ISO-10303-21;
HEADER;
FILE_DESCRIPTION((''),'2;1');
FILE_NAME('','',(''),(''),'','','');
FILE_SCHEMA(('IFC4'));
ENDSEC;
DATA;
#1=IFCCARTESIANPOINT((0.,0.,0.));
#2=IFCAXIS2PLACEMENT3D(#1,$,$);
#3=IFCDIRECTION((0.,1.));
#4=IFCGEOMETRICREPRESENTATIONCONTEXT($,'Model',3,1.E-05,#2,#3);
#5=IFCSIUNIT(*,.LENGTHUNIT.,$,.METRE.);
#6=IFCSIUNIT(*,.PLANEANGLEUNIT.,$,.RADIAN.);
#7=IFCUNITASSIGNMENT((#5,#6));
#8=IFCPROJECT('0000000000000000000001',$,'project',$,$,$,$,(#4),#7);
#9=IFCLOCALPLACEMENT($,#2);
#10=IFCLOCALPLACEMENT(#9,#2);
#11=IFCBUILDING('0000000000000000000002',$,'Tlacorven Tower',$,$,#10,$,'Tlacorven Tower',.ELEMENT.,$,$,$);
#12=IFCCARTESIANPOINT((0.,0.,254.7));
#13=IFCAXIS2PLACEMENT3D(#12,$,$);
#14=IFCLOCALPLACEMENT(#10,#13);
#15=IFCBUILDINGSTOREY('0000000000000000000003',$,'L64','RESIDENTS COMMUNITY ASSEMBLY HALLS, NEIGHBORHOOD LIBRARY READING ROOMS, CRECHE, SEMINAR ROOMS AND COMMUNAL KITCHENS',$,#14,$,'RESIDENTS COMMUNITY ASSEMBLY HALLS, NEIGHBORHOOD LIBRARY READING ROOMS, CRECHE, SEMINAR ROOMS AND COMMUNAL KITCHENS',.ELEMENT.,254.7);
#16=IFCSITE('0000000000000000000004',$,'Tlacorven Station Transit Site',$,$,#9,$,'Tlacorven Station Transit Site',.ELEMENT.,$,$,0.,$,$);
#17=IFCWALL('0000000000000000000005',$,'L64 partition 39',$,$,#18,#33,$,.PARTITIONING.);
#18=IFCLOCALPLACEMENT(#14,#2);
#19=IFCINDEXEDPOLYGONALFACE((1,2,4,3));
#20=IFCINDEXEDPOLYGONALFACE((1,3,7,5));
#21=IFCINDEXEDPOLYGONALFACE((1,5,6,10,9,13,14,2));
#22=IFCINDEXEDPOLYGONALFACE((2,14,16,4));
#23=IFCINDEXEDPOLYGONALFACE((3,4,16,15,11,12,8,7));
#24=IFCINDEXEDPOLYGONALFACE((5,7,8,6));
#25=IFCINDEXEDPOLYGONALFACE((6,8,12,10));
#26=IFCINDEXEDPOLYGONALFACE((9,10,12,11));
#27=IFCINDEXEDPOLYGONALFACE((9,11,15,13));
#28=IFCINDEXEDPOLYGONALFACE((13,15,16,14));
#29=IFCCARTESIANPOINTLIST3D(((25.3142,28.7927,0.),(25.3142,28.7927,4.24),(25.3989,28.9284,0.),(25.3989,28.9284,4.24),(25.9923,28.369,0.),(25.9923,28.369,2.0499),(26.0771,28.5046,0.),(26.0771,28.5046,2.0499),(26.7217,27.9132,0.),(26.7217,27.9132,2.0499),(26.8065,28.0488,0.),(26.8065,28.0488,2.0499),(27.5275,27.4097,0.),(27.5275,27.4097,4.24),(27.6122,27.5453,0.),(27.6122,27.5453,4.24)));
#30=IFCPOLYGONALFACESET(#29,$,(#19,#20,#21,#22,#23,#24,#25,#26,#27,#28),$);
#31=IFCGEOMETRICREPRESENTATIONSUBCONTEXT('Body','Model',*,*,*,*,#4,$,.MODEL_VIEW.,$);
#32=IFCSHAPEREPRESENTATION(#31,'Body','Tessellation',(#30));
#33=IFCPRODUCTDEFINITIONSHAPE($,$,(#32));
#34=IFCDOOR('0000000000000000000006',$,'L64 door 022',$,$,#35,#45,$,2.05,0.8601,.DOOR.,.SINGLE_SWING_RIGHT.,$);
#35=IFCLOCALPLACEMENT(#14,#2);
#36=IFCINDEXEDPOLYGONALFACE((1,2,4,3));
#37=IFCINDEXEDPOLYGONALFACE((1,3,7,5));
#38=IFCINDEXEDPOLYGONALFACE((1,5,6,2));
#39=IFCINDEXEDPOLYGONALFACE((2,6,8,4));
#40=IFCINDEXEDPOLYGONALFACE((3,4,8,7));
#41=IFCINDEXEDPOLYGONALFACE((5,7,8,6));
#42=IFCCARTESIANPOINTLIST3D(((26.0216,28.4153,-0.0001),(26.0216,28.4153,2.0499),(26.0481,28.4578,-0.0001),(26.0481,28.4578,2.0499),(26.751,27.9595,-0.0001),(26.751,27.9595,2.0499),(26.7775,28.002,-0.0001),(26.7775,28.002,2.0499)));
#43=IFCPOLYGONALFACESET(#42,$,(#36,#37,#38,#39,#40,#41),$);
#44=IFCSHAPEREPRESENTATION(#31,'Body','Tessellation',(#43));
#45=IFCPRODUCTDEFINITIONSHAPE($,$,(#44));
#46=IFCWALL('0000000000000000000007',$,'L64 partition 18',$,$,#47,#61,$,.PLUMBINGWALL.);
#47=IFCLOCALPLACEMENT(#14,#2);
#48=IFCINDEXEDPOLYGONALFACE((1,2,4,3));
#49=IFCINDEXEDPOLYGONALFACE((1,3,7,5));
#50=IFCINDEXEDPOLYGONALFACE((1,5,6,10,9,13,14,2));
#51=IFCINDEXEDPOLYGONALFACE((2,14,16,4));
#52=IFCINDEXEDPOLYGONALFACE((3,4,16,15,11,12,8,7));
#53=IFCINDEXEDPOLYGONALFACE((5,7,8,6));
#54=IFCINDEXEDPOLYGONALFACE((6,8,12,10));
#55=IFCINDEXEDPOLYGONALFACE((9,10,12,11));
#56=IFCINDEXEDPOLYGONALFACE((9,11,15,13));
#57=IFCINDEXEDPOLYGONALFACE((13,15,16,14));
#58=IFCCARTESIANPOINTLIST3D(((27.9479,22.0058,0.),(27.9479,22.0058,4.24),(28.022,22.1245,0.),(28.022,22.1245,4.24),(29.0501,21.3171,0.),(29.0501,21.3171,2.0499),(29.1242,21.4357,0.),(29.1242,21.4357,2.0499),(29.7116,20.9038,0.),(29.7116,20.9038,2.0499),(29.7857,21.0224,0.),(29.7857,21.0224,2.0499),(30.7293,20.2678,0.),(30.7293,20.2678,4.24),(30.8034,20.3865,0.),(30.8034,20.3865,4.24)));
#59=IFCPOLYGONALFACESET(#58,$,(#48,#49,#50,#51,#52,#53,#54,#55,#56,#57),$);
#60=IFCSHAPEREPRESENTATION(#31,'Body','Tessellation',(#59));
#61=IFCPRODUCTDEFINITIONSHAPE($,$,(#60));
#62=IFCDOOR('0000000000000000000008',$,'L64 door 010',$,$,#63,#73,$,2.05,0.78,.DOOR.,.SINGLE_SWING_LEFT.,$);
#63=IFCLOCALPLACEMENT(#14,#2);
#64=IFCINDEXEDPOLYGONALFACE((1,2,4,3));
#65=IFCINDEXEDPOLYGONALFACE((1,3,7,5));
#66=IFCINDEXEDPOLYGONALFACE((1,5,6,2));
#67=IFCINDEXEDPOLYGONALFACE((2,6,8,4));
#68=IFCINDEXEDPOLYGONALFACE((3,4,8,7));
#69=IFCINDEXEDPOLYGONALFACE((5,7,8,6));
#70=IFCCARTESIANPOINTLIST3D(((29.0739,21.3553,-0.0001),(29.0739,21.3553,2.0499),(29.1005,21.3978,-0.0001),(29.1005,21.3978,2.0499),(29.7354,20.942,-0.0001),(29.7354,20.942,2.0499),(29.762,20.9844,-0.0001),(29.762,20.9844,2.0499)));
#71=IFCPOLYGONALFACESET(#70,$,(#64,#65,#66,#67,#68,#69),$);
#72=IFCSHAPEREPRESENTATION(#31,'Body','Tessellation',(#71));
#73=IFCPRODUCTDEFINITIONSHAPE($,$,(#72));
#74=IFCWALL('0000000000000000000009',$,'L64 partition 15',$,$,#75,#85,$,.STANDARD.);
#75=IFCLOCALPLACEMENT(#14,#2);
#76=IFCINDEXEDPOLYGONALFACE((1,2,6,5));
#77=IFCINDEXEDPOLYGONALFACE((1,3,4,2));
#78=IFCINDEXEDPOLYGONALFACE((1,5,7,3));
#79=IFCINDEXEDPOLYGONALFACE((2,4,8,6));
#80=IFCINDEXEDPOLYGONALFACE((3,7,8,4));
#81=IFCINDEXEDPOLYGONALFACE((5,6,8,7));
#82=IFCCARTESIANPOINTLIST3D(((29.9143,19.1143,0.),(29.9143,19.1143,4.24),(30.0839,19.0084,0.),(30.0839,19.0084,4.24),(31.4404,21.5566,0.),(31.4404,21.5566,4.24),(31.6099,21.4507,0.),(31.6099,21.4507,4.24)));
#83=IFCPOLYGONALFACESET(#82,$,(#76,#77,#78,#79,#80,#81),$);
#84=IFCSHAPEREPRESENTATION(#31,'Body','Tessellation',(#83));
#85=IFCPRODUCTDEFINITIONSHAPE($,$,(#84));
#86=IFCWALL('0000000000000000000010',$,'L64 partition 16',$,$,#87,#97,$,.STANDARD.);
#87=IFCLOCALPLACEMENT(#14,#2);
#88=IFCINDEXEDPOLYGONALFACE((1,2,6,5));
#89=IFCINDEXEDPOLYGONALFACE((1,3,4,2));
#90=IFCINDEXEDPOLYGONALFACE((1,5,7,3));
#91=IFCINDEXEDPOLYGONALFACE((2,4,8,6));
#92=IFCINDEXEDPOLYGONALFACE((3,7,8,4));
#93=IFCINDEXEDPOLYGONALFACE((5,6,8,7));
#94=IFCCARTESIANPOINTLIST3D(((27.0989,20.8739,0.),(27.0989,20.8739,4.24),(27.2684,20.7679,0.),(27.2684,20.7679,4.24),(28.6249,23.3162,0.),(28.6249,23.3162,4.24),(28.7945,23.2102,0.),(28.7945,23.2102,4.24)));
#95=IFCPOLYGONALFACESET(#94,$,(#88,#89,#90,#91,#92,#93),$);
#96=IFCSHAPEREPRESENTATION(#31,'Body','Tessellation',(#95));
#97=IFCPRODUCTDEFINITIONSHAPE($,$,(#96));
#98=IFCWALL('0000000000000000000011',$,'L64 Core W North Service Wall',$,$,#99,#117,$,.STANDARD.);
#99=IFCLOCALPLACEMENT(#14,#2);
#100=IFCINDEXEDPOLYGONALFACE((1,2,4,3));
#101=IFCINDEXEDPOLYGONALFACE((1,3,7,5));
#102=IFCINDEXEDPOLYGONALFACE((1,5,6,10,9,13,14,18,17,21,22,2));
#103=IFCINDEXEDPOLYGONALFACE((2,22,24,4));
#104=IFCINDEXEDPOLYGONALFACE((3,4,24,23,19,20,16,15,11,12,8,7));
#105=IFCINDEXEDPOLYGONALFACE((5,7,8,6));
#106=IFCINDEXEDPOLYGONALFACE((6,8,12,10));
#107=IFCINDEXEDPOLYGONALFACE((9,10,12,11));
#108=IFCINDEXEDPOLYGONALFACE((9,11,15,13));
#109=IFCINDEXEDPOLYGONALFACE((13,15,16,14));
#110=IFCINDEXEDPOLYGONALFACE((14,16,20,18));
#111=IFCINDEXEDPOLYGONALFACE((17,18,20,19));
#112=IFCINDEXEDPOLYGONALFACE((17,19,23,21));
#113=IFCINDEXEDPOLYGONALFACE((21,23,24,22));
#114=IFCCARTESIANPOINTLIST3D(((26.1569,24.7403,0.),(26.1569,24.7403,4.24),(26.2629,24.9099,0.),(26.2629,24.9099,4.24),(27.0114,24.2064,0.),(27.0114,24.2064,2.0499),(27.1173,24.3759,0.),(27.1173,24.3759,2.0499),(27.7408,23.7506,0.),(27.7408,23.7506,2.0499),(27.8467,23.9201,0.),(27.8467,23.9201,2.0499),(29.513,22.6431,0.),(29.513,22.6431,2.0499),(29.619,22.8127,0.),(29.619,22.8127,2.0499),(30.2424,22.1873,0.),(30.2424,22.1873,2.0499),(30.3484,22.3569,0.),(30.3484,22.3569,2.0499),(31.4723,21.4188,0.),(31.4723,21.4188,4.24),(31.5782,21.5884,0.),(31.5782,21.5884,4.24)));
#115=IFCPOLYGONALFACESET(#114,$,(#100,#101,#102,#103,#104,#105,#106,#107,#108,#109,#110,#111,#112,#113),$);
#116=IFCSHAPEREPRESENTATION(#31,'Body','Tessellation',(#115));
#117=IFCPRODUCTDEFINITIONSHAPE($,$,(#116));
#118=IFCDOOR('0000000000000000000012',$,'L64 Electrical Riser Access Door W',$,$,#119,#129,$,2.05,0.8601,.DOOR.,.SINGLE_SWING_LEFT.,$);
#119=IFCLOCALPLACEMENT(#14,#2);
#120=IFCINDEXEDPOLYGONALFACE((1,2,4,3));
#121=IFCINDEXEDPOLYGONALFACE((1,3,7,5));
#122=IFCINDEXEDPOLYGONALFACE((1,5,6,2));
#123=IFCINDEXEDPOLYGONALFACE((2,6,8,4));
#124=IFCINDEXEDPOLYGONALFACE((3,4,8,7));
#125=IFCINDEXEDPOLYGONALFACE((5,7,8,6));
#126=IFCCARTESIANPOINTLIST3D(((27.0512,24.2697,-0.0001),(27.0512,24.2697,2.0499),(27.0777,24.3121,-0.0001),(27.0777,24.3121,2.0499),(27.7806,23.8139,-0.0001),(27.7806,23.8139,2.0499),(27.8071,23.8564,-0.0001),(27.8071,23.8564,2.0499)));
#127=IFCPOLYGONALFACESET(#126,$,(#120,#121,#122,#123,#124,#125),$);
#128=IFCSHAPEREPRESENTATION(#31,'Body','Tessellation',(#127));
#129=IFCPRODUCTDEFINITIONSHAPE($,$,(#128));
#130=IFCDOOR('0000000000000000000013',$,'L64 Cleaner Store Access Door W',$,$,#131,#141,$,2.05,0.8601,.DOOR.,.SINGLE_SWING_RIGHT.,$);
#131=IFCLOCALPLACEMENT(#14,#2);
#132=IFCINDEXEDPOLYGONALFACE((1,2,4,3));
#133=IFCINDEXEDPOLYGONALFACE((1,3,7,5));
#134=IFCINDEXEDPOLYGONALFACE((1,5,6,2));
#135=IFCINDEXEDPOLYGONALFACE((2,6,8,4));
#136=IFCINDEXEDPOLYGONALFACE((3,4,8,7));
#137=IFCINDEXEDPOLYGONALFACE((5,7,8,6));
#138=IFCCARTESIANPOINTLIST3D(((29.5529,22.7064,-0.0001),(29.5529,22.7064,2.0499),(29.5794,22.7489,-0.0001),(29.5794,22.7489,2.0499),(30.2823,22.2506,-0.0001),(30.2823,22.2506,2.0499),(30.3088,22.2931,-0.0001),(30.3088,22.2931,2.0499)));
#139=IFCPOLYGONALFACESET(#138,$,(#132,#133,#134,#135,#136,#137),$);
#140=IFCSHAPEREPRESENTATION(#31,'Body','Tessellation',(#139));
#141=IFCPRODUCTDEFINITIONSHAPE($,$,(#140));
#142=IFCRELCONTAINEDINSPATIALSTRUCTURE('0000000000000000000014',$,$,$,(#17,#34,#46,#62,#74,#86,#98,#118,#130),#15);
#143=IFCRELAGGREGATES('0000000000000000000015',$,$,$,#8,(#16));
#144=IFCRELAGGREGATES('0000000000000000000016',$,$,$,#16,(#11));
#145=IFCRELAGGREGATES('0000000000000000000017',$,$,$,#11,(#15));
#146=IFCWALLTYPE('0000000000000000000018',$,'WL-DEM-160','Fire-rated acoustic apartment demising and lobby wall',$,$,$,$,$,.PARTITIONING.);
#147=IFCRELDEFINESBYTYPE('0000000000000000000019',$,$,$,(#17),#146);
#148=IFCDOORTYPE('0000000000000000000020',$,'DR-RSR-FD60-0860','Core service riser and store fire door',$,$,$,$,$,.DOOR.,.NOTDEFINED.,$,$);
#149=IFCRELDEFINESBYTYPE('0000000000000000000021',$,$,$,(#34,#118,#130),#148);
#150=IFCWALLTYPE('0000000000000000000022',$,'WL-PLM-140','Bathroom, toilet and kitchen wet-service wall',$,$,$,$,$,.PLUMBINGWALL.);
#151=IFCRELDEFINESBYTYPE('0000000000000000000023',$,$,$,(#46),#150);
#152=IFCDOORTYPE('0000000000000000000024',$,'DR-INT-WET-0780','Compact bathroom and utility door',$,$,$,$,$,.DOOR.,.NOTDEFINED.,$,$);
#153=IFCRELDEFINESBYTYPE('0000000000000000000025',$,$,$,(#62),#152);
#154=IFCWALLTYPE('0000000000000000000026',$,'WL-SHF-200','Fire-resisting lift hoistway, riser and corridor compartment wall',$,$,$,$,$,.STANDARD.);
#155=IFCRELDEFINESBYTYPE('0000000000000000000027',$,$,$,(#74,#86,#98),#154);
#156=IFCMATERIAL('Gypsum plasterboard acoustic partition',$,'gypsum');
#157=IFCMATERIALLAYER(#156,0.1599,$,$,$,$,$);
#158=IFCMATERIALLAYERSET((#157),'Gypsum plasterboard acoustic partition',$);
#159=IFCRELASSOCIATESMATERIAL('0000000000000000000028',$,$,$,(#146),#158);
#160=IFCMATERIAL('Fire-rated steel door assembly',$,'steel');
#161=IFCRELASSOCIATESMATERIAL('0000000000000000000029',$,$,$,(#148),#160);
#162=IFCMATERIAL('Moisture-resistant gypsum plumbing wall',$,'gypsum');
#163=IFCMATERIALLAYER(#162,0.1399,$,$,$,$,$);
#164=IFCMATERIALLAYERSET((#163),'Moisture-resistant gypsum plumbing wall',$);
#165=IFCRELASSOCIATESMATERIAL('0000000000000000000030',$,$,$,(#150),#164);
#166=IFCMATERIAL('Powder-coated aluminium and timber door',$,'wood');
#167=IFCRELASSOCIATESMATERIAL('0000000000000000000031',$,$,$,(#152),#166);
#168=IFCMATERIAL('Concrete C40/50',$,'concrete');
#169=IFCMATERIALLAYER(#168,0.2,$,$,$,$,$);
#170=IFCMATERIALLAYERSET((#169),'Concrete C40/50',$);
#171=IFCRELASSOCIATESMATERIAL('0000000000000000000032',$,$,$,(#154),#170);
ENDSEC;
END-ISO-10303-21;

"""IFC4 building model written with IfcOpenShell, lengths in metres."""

from ifc_helpers import new_model, si_unit, direction, frame, frame_2d, origin, place, context, subcontext, project, spatial, rectangle, extrude, source, transform, mapped, material, layer, layer_set, type_object, element, fill, save


model = new_model("IFC4")

# Units and contexts
model_context = context("Model", 3, precision=1e-05, world=origin(), true_north=direction((0.0, 1.0)))
body_context = subcontext(model_context, "Body", "Model", "MODEL_VIEW")
ifc_project = project(units=[si_unit("LENGTHUNIT", "METRE"), si_unit("PLANEANGLEUNIT", "RADIAN")], contexts=[model_context])

# Site, building, storey
site_placement = place(None, origin())
site = spatial("IfcSite", under=ifc_project, at=site_placement, Name="Tlacorven Station Transit Site", LongName="Tlacorven Station Transit Site", CompositionType="ELEMENT", RefElevation=0.0)
building_placement = place(site_placement, origin())
building = spatial("IfcBuilding", under=site, at=building_placement, Name="Tlacorven Tower", LongName="Tlacorven Tower", CompositionType="ELEMENT")
storey_placement = place(building_placement, frame((0.0, 0.0, 254.7)))
storey = spatial("IfcBuildingStorey", under=building, at=storey_placement, Name="L64", Description="RESIDENTS COMMUNITY ASSEMBLY HALLS, NEIGHBORHOOD LIBRARY READING ROOMS, CRECHE, SEMINAR ROOMS AND COMMUNAL KITCHENS", LongName="RESIDENTS COMMUNITY ASSEMBLY HALLS, NEIGHBORHOOD LIBRARY READING ROOMS, CRECHE, SEMINAR ROOMS AND COMMUNAL KITCHENS", CompositionType="ELEMENT", Elevation=254.7)

# Walls, openings, doors
ifc_material_1 = material(Name="Gypsum plasterboard acoustic partition", Category="gypsum")
ifc_layer_1 = layer(ifc_material_1, 0.1599)
ifc_layer_set_1 = layer_set([ifc_layer_1], Name="Gypsum plasterboard acoustic partition")
wall_type_1 = type_object("IfcWallType", Name="WL-DEM-160", Description="Fire-rated acoustic apartment demising and lobby wall", PredefinedType="PARTITIONING", material=ifc_layer_set_1)
wall_1_placement = place(storey_placement, frame((27.5698, 27.4775, 0.0), z_axis=(0.0, 0.0, 1.0), x_axis=(-0.848051, 0.529915, 0.0)))
wall_1 = element("IfcWall", 1, at=wall_1_placement, inside=storey, type_object=wall_type_1, Name="L64 partition 39", PredefinedType="PARTITIONING", context=body_context, shape_type="SweptSolid", body=[
    extrude(rectangle(XDim=2.6099, YDim=0.1599, at=frame_2d((1.3049, 0.0))), origin(), (0.0, 0.0, 1.0), 4.24),
])
opening_1_placement = place(wall_1_placement, frame((0.95, 0.0, 0.0)))
opening_1 = element("IfcOpeningElement", 2, at=opening_1_placement, cuts=wall_1, PredefinedType="OPENING", context=body_context, shape_type="SweptSolid", body=[
    extrude(rectangle(XDim=0.8601, YDim=2.05, at=frame_2d((0.4302, 1.0249))), frame((0.0, 0.0898, 0.0), z_axis=(0.0, -1.0, 0.0), x_axis=(1.0, 0.0, 0.0)), (0.0, 0.0, 1.0), 0.1799),
])
ifc_material_2 = material(Name="Fire-rated steel door assembly", Category="steel")
door_type_1 = type_object("IfcDoorType", Name="DR-RSR-FD60-0860", Description="Core service riser and store fire door", OperationType="NOTDEFINED", PredefinedType="DOOR", material=ifc_material_2)
shared_shape_1 = source(origin(), body_context, "Body", "SweptSolid", [
    extrude(rectangle(XDim=0.8601, YDim=2.05, at=frame_2d((0.4302, 1.0249))), frame((0.0, 0.0249, 0.0), z_axis=(0.0, -1.0, 0.0), x_axis=(1.0, 0.0, 0.0)), (0.0, 0.0, 1.0), 0.05),
])
door_1_placement = place(opening_1_placement, frame((0.8601, 0.0, 0.0), z_axis=(0.0, 0.0, 1.0), x_axis=(-1.0, 0.0, 0.0)))
door_1 = element("IfcDoor", 3, at=door_1_placement, inside=storey, type_object=door_type_1, Name="L64 door 022", OperationType="SINGLE_SWING_RIGHT", OverallHeight=2.05, OverallWidth=0.8601, PredefinedType="DOOR", context=body_context, shape_type="MappedRepresentation", body=[
    mapped(shared_shape_1, transform((0.0, 0.0, 0.0), scale=1.0)),
])
fill(opening_1, door_1)
ifc_material_3 = material(Name="Moisture-resistant gypsum plumbing wall", Category="gypsum")
ifc_layer_2 = layer(ifc_material_3, 0.1399)
ifc_layer_set_2 = layer_set([ifc_layer_2], Name="Moisture-resistant gypsum plumbing wall")
wall_type_2 = type_object("IfcWallType", Name="WL-PLM-140", Description="Bathroom, toilet and kitchen wet-service wall", PredefinedType="PLUMBINGWALL", material=ifc_layer_set_2)
wall_2_placement = place(storey_placement, frame((30.7664, 20.3271, 0.0), z_axis=(0.0, 0.0, 1.0), x_axis=(-0.848053, 0.529912, 0.0)))
wall_2 = element("IfcWall", 4, at=wall_2_placement, inside=storey, type_object=wall_type_2, Name="L64 partition 18", PredefinedType="PLUMBINGWALL", context=body_context, shape_type="SweptSolid", body=[
    extrude(rectangle(XDim=3.2798, YDim=0.1399, at=frame_2d((1.6399, 0.0))), origin(), (0.0, 0.0, 1.0), 4.24),
])
opening_2_placement = place(wall_2_placement, frame((1.2, 0.0, 0.0)))
opening_2 = element("IfcOpeningElement", 5, at=opening_2_placement, cuts=wall_2, PredefinedType="OPENING", context=body_context, shape_type="SweptSolid", body=[
    extrude(rectangle(XDim=0.78, YDim=2.05, at=frame_2d((0.3901, 1.0249))), frame((0.0, 0.0801, 0.0), z_axis=(0.0, -1.0, 0.0), x_axis=(1.0, 0.0, 0.0)), (0.0, 0.0, 1.0), 0.1599),
])
ifc_material_4 = material(Name="Powder-coated aluminium and timber door", Category="wood")
door_type_2 = type_object("IfcDoorType", Name="DR-INT-WET-0780", Description="Compact bathroom and utility door", OperationType="NOTDEFINED", PredefinedType="DOOR", material=ifc_material_4)
shared_shape_2 = source(origin(), body_context, "Body", "SweptSolid", [
    extrude(rectangle(XDim=0.78, YDim=2.05, at=frame_2d((0.3901, 1.0249))), frame((0.0, 0.0249, 0.0), z_axis=(0.0, -1.0, 0.0), x_axis=(1.0, 0.0, 0.0)), (0.0, 0.0, 1.0), 0.05),
])
door_2_placement = place(opening_2_placement, origin())
door_2 = element("IfcDoor", 6, at=door_2_placement, inside=storey, type_object=door_type_2, Name="L64 door 010", OperationType="SINGLE_SWING_LEFT", OverallHeight=2.05, OverallWidth=0.78, PredefinedType="DOOR", context=body_context, shape_type="MappedRepresentation", body=[
    mapped(shared_shape_2, transform((0.0, 0.0, 0.0), scale=1.0)),
])
fill(opening_2, door_2)

# Shared definitions
ifc_material_5 = material(Name="Concrete C40/50", Category="concrete")
ifc_layer_3 = layer(ifc_material_5, 0.2)
ifc_layer_set_3 = layer_set([ifc_layer_3], Name="Concrete C40/50")
wall_type_3 = type_object("IfcWallType", Name="WL-SHF-200", Description="Fire-resisting lift hoistway, riser and corridor compartment wall", PredefinedType="STANDARD", material=ifc_layer_set_3)

# Walls
for number, where, z_axis, x_axis, name in (
    (7, (31.5251, 21.5037, 0.0), (0.0, 0.0, 1.0), (-0.529907, -0.848055, 0.0), "L64 partition 15"),
    (8, (28.7097, 23.2632, 0.0), (0.0, 0.0, 1.0), (-0.529907, -0.848055, 0.0), "L64 partition 16"),
):
    element("IfcWall", number, at=place(storey_placement, frame(where, z_axis=z_axis, x_axis=x_axis)), inside=storey, type_object=wall_type_3, Name=name, PredefinedType="STANDARD", context=body_context, shape_type="SweptSolid", body=[
        extrude(rectangle(XDim=2.8799, YDim=0.2, at=frame_2d((1.4399, 0.0))), origin(), (0.0, 0.0, 1.0), 4.24),
    ])

# Wall, openings, doors
wall_3_placement = place(storey_placement, frame((31.5251, 21.5037, 0.0), z_axis=(0.0, 0.0, 1.0), x_axis=(-0.848042, 0.529929, 0.0)))
wall_3 = element("IfcWall", 9, at=wall_3_placement, inside=storey, type_object=wall_type_3, Name="L64 Core W North Service Wall", PredefinedType="STANDARD", context=body_context, shape_type="SweptSolid", body=[
    extrude(rectangle(XDim=6.2678, YDim=0.2, at=frame_2d((3.1338, 0.0))), origin(), (0.0, 0.0, 1.0), 4.24),
])
opening_3_placement = place(wall_3_placement, frame((4.3999, 0.0, 0.0)))
opening_3 = element("IfcOpeningElement", 10, at=opening_3_placement, cuts=wall_3, PredefinedType="OPENING", context=body_context, shape_type="SweptSolid", body=[
    extrude(rectangle(XDim=0.8601, YDim=2.05, at=frame_2d((0.4302, 1.0249))), frame((0.0, 0.1099, 0.0), z_axis=(0.0, -1.0, 0.0), x_axis=(1.0, 0.0, 0.0)), (0.0, 0.0, 1.0), 0.22),
])
opening_4_placement = place(wall_3_placement, frame((1.45, 0.0, 0.0)))
opening_4 = element("IfcOpeningElement", 11, at=opening_4_placement, cuts=wall_3, PredefinedType="OPENING", context=body_context, shape_type="SweptSolid", body=[
    extrude(rectangle(XDim=0.8601, YDim=2.05, at=frame_2d((0.4302, 1.0249))), frame((0.0, 0.1099, 0.0), z_axis=(0.0, -1.0, 0.0), x_axis=(1.0, 0.0, 0.0)), (0.0, 0.0, 1.0), 0.22),
])
door_3_placement = place(opening_3_placement, frame((0.8601, 0.0, 0.0), z_axis=(0.0, 0.0, 1.0), x_axis=(-1.0, 0.0, 0.0)))
door_3 = element("IfcDoor", 12, at=door_3_placement, inside=storey, type_object=door_type_1, Name="L64 Electrical Riser Access Door W", OperationType="SINGLE_SWING_LEFT", OverallHeight=2.05, OverallWidth=0.8601, PredefinedType="DOOR", context=body_context, shape_type="MappedRepresentation", body=[
    mapped(shared_shape_1, transform((0.0, 0.0, 0.0), scale=1.0)),
])
fill(opening_3, door_3)
door_4_placement = place(opening_4_placement, frame((0.8601, 0.0, 0.0), z_axis=(0.0, 0.0, 1.0), x_axis=(-1.0, 0.0, 0.0)))
door_4 = element("IfcDoor", 13, at=door_4_placement, inside=storey, type_object=door_type_1, Name="L64 Cleaner Store Access Door W", OperationType="SINGLE_SWING_RIGHT", OverallHeight=2.05, OverallWidth=0.8601, PredefinedType="DOOR", context=body_context, shape_type="MappedRepresentation", body=[
    mapped(shared_shape_1, transform((0.0, 0.0, 0.0), scale=1.0)),
])
fill(opening_4, door_4)

save(model, "model.ifc")
